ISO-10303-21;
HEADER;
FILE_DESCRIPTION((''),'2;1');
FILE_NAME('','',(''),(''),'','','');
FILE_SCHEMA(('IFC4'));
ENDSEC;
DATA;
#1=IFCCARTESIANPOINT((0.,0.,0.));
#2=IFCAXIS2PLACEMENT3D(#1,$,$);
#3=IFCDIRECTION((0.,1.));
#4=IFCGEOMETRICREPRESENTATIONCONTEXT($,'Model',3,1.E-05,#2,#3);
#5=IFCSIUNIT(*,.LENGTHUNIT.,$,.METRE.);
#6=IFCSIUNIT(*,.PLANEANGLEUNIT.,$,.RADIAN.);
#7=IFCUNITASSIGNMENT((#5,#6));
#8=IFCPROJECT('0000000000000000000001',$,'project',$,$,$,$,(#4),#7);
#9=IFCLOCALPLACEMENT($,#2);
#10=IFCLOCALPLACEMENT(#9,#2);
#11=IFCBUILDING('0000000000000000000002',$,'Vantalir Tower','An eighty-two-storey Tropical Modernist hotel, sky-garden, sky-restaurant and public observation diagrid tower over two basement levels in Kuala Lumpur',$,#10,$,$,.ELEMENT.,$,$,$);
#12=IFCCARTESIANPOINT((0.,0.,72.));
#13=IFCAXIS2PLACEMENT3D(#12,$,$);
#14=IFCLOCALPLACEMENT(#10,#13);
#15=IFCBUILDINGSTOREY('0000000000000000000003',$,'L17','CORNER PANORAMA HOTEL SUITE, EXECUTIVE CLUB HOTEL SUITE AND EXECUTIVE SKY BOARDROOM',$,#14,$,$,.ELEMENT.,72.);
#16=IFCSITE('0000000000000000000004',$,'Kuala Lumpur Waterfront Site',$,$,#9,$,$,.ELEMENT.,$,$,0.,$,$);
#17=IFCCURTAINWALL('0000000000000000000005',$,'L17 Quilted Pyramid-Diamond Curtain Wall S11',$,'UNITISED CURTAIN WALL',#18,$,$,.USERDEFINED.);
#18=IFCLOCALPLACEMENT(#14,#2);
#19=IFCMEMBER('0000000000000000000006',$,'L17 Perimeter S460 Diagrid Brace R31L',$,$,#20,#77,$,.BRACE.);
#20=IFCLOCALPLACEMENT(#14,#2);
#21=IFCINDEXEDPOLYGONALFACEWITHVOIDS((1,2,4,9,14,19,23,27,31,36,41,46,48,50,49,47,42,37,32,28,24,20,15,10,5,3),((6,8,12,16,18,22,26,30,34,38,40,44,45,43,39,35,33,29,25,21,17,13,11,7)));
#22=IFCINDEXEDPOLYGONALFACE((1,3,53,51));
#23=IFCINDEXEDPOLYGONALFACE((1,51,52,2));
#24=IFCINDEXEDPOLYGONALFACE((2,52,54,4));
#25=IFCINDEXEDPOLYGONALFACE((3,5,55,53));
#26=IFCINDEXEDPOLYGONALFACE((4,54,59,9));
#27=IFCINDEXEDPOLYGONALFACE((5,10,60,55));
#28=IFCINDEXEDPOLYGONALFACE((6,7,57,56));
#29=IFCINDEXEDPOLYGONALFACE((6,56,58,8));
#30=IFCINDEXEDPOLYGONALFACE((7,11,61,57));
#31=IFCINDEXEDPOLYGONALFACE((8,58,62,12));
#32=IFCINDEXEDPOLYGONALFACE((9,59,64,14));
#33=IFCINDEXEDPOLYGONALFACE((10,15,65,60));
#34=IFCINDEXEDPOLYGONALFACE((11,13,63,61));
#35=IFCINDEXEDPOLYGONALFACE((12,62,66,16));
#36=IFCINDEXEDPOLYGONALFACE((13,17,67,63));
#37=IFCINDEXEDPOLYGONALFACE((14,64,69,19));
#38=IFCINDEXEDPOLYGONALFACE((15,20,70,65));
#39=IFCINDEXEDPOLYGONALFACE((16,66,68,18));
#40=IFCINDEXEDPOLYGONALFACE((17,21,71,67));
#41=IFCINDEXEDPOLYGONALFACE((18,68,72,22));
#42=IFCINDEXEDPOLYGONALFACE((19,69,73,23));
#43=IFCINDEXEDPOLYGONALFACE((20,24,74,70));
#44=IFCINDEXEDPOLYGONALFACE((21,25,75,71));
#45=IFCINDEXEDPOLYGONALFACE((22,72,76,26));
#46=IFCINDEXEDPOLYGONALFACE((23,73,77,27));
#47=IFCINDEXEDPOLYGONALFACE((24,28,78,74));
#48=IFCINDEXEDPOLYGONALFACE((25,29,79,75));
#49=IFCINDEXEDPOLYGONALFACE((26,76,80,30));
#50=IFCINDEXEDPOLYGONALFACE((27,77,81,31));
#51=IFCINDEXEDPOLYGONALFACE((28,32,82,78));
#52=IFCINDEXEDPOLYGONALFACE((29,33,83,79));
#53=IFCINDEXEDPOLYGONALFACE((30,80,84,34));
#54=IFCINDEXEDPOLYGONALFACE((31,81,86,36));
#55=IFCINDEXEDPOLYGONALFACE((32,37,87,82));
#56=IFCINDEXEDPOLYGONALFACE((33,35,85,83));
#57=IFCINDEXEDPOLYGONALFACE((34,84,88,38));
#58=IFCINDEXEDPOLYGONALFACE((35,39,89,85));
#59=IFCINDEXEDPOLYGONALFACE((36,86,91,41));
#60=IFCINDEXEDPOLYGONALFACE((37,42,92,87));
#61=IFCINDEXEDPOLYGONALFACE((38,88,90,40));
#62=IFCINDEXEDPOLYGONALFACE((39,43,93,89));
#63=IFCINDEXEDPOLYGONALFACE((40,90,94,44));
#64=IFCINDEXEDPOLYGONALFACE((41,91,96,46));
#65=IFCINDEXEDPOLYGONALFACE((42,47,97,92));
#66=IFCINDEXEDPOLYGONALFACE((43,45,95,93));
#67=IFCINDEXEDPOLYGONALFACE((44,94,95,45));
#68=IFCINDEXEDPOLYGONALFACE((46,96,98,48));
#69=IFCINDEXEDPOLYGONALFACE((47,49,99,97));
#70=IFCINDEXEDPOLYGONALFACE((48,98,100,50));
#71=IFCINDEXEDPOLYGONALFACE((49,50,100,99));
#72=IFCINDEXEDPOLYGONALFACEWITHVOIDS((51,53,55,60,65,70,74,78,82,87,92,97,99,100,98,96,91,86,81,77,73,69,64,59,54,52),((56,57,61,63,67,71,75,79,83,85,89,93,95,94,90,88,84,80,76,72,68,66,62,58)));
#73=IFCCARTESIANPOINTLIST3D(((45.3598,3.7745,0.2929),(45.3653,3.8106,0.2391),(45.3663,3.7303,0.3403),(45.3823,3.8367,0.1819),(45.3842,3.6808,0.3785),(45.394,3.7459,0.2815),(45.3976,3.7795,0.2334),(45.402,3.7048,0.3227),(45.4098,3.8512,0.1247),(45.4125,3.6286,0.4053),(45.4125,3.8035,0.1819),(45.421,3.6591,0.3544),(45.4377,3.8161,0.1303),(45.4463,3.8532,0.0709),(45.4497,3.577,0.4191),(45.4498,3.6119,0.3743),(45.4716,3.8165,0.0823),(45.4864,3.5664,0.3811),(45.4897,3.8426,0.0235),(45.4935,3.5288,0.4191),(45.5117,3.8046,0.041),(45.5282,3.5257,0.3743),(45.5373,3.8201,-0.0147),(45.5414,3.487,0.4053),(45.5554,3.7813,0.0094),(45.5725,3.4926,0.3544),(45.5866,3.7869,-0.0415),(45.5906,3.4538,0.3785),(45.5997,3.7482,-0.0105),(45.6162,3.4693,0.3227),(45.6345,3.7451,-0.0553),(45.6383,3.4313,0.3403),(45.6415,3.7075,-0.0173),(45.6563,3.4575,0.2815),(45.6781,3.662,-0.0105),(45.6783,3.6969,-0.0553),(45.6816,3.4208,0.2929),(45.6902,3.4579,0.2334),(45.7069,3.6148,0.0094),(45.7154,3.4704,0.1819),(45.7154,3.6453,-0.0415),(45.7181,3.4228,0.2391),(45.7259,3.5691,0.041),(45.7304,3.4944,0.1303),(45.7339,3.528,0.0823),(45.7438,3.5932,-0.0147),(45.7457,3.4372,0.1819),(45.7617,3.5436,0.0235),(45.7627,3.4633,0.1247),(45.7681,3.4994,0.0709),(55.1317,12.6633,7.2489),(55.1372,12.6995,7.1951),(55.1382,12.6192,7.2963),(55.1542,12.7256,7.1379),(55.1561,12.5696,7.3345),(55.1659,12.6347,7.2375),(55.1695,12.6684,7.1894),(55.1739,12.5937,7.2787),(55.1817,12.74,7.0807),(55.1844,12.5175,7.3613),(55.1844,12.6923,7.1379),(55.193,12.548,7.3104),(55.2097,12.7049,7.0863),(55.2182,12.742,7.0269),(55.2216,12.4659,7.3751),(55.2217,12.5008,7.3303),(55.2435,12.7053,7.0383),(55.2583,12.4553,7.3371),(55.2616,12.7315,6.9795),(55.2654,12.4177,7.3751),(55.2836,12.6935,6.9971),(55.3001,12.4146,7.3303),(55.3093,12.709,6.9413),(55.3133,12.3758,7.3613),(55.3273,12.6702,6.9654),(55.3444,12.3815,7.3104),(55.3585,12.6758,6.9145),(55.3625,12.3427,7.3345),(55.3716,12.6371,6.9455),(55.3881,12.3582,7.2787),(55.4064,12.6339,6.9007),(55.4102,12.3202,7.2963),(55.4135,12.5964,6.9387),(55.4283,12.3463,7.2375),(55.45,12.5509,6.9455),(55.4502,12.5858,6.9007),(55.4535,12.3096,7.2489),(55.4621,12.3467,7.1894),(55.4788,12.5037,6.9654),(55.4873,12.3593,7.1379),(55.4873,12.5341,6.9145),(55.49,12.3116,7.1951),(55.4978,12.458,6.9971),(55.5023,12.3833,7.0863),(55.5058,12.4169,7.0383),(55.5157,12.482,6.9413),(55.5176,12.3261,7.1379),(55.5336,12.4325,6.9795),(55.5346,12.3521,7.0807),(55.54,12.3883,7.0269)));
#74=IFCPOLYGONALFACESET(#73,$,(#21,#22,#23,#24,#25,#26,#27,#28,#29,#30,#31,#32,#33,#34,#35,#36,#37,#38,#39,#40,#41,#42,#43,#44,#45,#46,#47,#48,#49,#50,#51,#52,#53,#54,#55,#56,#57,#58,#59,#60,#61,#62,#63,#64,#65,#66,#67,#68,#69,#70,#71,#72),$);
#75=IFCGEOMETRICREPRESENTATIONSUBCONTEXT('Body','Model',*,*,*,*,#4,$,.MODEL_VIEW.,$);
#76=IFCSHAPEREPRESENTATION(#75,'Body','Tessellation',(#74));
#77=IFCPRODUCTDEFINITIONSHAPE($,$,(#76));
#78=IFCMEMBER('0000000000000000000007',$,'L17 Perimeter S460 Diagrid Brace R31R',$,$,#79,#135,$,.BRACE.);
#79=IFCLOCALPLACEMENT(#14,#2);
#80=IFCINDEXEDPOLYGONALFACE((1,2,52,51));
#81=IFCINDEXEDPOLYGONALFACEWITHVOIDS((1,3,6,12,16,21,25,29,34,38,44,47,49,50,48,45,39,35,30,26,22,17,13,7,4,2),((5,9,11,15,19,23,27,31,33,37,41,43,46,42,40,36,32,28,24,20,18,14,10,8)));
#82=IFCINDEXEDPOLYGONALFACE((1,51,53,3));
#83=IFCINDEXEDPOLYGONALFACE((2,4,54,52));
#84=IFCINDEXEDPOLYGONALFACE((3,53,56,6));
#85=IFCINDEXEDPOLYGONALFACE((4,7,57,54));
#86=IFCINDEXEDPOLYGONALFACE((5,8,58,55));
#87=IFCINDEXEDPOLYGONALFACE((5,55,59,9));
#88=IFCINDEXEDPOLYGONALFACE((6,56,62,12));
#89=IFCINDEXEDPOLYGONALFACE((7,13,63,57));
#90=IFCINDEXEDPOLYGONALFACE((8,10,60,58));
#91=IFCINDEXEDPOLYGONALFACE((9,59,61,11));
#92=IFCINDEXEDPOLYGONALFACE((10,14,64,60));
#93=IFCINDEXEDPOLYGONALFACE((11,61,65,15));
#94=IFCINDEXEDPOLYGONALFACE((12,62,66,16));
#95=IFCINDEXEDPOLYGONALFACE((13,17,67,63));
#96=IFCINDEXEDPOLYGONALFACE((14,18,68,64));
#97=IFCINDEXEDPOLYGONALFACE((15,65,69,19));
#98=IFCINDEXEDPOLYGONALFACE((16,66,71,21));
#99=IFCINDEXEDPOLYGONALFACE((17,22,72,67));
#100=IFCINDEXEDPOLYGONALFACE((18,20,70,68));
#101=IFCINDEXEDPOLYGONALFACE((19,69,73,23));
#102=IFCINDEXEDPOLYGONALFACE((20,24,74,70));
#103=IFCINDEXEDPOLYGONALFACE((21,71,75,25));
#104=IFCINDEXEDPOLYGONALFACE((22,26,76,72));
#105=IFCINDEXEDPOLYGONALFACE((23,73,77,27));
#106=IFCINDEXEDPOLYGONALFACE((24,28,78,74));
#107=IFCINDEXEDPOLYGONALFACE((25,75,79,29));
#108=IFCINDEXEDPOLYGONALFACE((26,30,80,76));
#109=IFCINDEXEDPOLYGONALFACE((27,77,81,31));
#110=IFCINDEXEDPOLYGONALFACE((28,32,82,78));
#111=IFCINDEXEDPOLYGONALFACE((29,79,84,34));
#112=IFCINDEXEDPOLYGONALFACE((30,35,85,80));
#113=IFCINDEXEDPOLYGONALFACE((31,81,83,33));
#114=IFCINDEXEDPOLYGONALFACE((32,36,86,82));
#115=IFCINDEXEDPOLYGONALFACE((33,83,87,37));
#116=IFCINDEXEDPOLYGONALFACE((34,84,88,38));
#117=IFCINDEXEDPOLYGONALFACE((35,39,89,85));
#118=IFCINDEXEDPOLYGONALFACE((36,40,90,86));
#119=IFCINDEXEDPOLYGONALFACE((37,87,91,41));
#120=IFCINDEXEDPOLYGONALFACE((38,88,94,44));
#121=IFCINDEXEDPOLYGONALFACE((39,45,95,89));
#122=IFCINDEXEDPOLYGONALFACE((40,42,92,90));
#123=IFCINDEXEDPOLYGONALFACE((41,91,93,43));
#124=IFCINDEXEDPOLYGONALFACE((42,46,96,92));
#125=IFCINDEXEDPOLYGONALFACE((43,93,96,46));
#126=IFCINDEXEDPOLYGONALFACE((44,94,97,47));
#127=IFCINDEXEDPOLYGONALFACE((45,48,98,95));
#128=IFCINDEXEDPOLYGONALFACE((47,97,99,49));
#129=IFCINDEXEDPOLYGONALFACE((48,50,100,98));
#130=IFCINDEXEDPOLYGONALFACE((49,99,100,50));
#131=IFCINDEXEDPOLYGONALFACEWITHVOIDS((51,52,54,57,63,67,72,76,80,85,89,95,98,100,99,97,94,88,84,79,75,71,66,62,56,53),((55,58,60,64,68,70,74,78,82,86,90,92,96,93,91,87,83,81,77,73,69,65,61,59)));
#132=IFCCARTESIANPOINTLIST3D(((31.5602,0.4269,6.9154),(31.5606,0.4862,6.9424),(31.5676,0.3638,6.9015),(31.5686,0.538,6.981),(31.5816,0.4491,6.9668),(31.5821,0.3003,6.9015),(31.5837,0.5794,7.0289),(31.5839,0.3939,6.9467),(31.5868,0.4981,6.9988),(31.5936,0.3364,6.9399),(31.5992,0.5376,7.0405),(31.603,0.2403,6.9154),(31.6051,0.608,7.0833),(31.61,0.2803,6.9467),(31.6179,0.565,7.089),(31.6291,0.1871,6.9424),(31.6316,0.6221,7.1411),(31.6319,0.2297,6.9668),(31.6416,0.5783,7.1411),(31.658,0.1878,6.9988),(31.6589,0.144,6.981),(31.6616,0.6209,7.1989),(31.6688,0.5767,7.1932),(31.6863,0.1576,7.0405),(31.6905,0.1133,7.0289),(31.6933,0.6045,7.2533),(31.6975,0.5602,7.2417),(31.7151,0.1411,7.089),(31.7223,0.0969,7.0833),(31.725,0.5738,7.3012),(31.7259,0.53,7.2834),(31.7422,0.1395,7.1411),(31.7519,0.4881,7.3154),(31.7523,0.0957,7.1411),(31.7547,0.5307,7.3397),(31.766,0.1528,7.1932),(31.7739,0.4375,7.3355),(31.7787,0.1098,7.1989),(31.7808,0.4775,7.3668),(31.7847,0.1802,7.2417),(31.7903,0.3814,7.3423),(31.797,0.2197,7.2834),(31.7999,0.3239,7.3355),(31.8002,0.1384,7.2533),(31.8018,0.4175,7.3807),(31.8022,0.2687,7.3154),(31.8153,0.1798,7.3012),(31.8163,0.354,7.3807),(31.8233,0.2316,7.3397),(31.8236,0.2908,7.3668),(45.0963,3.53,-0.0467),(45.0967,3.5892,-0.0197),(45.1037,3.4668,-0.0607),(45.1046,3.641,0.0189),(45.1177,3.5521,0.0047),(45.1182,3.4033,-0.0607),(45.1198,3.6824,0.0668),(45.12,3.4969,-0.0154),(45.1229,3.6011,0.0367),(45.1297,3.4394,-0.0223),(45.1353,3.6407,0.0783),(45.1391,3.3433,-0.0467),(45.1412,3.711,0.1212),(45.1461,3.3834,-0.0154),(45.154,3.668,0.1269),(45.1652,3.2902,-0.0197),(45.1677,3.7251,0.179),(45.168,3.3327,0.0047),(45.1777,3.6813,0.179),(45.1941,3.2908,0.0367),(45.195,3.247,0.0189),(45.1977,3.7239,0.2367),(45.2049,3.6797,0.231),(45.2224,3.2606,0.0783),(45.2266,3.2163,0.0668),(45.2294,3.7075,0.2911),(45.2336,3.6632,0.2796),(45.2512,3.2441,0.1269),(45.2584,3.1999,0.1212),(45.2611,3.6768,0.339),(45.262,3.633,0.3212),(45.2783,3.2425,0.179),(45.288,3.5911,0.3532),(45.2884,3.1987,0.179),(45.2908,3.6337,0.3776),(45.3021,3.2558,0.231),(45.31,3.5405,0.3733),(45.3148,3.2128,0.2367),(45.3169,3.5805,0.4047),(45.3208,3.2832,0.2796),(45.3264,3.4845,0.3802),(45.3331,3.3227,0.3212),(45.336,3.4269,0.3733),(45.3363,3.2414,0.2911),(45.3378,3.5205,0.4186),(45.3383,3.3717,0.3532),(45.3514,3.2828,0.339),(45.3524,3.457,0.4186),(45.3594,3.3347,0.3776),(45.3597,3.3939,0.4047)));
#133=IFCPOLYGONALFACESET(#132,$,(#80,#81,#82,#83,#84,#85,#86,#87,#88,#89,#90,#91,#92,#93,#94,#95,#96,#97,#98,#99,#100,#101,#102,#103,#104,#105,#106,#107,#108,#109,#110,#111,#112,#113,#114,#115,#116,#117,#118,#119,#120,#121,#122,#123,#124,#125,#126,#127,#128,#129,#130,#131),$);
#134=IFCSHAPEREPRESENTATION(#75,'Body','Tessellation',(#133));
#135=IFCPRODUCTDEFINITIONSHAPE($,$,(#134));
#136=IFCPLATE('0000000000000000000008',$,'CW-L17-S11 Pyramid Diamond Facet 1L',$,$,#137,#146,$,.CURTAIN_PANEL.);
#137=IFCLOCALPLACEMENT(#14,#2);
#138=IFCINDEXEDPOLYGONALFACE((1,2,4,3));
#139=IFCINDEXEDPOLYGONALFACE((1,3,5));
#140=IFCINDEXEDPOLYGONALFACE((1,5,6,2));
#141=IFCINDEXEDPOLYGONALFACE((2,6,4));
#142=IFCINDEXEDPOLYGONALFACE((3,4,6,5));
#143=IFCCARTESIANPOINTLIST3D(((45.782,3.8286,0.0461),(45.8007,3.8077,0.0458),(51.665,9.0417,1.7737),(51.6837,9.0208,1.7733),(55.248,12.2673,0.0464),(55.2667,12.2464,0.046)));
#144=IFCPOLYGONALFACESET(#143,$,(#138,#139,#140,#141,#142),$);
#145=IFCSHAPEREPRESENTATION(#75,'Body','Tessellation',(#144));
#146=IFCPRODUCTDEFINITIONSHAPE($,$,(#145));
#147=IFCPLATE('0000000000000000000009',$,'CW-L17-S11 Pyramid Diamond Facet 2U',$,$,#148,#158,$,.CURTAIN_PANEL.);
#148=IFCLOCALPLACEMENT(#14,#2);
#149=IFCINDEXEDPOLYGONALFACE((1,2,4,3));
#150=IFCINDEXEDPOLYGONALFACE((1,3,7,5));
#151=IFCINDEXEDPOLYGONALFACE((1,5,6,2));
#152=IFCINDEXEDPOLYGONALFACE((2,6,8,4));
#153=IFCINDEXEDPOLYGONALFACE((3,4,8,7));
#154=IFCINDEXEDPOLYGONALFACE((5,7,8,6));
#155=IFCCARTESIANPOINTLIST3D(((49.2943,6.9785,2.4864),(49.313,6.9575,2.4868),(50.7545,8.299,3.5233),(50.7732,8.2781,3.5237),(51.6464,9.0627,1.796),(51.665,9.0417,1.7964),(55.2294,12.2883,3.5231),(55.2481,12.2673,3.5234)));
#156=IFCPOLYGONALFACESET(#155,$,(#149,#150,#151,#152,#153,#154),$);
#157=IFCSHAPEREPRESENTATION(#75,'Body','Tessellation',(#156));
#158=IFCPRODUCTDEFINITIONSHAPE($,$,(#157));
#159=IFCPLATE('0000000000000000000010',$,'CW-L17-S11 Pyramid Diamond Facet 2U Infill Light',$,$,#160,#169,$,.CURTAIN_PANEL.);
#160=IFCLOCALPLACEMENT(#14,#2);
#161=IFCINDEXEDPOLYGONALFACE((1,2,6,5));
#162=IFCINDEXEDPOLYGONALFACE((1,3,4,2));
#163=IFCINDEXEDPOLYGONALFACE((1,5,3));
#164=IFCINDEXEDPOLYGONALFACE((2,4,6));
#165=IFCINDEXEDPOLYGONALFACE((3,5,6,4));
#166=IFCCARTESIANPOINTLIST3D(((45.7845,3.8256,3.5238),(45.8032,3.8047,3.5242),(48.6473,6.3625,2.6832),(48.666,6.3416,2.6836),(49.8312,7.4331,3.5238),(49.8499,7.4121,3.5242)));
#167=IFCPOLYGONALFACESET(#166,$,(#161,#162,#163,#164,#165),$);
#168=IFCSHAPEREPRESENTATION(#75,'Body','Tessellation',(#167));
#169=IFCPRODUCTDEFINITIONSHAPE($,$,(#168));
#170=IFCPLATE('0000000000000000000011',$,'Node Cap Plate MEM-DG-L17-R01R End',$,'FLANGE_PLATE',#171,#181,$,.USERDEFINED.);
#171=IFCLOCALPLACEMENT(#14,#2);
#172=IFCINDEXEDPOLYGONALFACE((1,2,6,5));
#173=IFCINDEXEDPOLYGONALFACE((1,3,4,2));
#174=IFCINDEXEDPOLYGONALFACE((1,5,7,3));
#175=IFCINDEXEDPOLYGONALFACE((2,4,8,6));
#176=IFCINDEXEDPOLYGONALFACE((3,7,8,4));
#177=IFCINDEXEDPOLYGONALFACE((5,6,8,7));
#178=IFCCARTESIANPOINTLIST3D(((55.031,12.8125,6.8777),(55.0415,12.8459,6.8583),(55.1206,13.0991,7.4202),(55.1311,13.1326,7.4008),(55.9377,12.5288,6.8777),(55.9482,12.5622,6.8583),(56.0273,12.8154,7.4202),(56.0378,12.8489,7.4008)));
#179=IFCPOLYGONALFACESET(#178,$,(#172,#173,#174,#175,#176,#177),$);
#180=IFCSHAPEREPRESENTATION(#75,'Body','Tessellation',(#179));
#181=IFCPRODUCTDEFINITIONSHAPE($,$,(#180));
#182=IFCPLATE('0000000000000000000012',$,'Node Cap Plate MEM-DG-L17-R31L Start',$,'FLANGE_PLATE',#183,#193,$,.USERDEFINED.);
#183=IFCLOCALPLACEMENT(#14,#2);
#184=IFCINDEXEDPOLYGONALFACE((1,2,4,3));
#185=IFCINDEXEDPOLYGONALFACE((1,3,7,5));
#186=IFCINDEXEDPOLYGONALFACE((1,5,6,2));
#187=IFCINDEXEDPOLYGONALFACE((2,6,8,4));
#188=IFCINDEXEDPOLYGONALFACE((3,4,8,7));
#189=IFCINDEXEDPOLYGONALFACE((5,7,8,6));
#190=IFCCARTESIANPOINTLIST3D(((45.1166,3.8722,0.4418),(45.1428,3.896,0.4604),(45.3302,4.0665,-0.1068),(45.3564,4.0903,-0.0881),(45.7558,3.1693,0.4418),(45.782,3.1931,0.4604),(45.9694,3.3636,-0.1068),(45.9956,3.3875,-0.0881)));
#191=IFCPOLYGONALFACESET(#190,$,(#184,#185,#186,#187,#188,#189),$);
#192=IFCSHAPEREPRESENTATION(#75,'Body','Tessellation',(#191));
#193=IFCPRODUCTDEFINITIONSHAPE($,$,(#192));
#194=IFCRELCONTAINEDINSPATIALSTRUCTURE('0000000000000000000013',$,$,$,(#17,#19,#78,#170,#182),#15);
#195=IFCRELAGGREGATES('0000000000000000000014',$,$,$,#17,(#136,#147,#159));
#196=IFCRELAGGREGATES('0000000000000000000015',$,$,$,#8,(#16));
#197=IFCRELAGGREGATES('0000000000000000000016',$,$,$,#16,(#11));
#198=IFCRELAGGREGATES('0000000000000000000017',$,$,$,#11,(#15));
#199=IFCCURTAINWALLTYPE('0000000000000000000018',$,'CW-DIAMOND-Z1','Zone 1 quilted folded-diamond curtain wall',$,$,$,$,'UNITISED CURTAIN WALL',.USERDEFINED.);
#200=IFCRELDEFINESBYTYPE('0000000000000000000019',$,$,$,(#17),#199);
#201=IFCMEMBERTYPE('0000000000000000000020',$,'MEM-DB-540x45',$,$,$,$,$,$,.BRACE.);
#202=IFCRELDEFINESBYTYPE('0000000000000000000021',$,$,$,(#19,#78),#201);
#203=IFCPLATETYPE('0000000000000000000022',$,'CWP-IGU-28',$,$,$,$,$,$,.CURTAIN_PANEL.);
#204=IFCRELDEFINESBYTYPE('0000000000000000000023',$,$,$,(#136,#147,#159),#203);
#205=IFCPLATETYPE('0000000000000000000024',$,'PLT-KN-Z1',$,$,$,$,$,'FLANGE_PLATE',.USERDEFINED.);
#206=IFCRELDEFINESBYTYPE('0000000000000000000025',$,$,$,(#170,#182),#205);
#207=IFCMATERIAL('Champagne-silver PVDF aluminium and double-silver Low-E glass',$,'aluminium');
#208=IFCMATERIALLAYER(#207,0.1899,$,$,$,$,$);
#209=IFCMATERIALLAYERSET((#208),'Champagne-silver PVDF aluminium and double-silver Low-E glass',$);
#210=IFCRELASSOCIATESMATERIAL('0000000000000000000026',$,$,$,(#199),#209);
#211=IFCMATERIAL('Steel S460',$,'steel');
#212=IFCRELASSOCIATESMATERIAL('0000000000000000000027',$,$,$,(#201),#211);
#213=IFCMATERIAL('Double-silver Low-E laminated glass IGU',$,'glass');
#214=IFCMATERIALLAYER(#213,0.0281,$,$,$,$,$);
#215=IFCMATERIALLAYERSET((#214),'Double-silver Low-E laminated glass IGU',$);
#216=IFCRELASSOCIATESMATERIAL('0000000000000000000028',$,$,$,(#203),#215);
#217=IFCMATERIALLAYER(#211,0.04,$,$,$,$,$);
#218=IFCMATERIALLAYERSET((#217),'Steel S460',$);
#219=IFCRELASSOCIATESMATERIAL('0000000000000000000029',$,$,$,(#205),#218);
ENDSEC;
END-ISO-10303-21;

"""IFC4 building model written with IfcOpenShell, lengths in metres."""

from ifc_helpers import new_model, si_unit, direction, frame, origin, origin_2d, place, context, subcontext, project, spatial, polyline, hollow_circle, outline, extrude, material, layer, layer_set, material_profile, profile_set, type_object, element, aggregate, save


model = new_model("IFC4")

# Units and contexts
model_context = context("Model", 3, precision=1e-05, world=origin(), true_north=direction((0.0, 1.0)))
body_context = subcontext(model_context, "Body", "Model", "MODEL_VIEW")
ifc_project = project(units=[si_unit("LENGTHUNIT", "METRE"), si_unit("PLANEANGLEUNIT", "RADIAN")], contexts=[model_context])

# Site, building, storey
site_placement = place(None, origin())
site = spatial("IfcSite", under=ifc_project, at=site_placement, Name="Kuala Lumpur Waterfront Site", CompositionType="ELEMENT", RefElevation=0.0)
building_placement = place(site_placement, origin())
building = spatial("IfcBuilding", under=site, at=building_placement, Name="Vantalir Tower", Description="An eighty-two-storey Tropical Modernist hotel, sky-garden, sky-restaurant and public observation diagrid tower over two basement levels in Kuala Lumpur", CompositionType="ELEMENT")
storey_placement = place(building_placement, frame((0.0, 0.0, 72.0)))
storey = spatial("IfcBuildingStorey", under=building, at=storey_placement, Name="L17", Description="CORNER PANORAMA HOTEL SUITE, EXECUTIVE CLUB HOTEL SUITE AND EXECUTIVE SKY BOARDROOM", CompositionType="ELEMENT", Elevation=72.0)

# Shared definitions
ifc_material_1 = material(Name="Steel S460", Category="steel")

# Shared definitions
ifc_material_2 = material(Name="Champagne-silver PVDF aluminium and double-silver Low-E glass", Category="aluminium")
ifc_layer_1 = layer(ifc_material_2, 0.1899)
ifc_layer_set_1 = layer_set([ifc_layer_1], Name="Champagne-silver PVDF aluminium and double-silver Low-E glass")
curtain_wall_type = type_object("IfcCurtainWallType", Name="CW-DIAMOND-Z1", Description="Zone 1 quilted folded-diamond curtain wall", ElementType="UNITISED CURTAIN WALL", PredefinedType="USERDEFINED", material=ifc_layer_set_1)

# Curtain wall
curtain_wall_1_placement = place(storey_placement, origin())
curtain_wall_1 = element("IfcCurtainWall", 1, at=curtain_wall_1_placement, inside=storey, type_object=curtain_wall_type, Name="L17 Quilted Pyramid-Diamond Curtain Wall S11", ObjectType="UNITISED CURTAIN WALL", PredefinedType="USERDEFINED")

# Members
ifc_material_profile_1 = material_profile(ifc_material_1, hollow_circle(Radius=0.27, WallThickness=0.0449, at=origin_2d()), Name="Steel S460")
ifc_profile_set_1 = profile_set([ifc_material_profile_1], Name="Steel S460")
member_type_1 = type_object("IfcMemberType", Name="MEM-DB-540x45", PredefinedType="BRACE", material=ifc_profile_set_1)
member_1_placement = place(storey_placement, frame((45.564, 3.637, 0.1819), z_axis=(0.65454, 0.595391, 0.465926), x_axis=(-0.672893, 0.73974, 0.0)))
element("IfcMember", 2, at=member_1_placement, inside=storey, type_object=member_type_1, Name="L17 Perimeter S460 Diagrid Brace R31L", PredefinedType="BRACE", context=body_context, shape_type="SweptSolid", body=[
    extrude(hollow_circle(Radius=0.27, WallThickness=0.0449, at=origin_2d()), origin(), (0.0, 0.0, 1.0), 14.9294),
])
member_2_placement = place(storey_placement, frame((45.228, 3.4619, 0.179), z_axis=(-0.871347, -0.199748, 0.448168), x_axis=(0.223444, -0.974717, 0.0)))
element("IfcMember", 3, at=member_2_placement, inside=storey, type_object=member_type_1, Name="L17 Perimeter S460 Diagrid Brace R31R", PredefinedType="BRACE", context=body_context, shape_type="SweptSolid", body=[
    extrude(hollow_circle(Radius=0.27, WallThickness=0.0449, at=origin_2d()), origin(), (0.0, 0.0, 1.0), 15.5347),
])

# Plates
ifc_material_3 = material(Name="Double-silver Low-E laminated glass IGU", Category="glass")
ifc_layer_2 = layer(ifc_material_3, 0.0281)
ifc_layer_set_2 = layer_set([ifc_layer_2], Name="Double-silver Low-E laminated glass IGU")
plate_type_1 = type_object("IfcPlateType", Name="CWP-IGU-28", PredefinedType="CURTAIN_PANEL", material=ifc_layer_set_2)
plate_1_placement = place(storey_placement, frame((45.782, 3.8286, 0.0461), z_axis=(-0.665379, 0.746382, 0.013584), x_axis=(0.746452, 0.66544, 0.000019)))
plate_1 = element("IfcPlate", 4, at=plate_1_placement, type_object=plate_type_1, Name="CW-L17-S11 Pyramid Diamond Facet 1L", PredefinedType="CURTAIN_PANEL", context=body_context, shape_type="SweptSolid", body=[
    extrude(outline(polyline([(0.0, 0.0), (12.6814, 0.0), (7.8605, -1.7275), (0.0, 0.0)])), origin(), (0.0, 0.0, -1.0), 0.0281),
])
plate_2_placement = place(storey_placement, frame((50.7732, 8.2781, 3.5237), z_axis=(0.665382, -0.74638, 0.013564), x_axis=(0.746449, 0.665443, -0.000041)))
plate_2 = element("IfcPlate", 5, at=plate_2_placement, type_object=plate_type_1, Name="CW-L17-S11 Pyramid Diamond Facet 2U", PredefinedType="CURTAIN_PANEL", context=body_context, shape_type="SweptSolid", body=[
    extrude(outline(polyline([(0.0, 0.0), (5.9949, 0.0), (1.174, -1.7274), (-1.9687, -1.037), (0.0, 0.0)])), origin(), (0.0, 0.0, -1.0), 0.0281),
])
plate_3_placement = place(storey_placement, frame((45.8032, 3.8047, 3.5242), z_axis=(0.665376, -0.746386, 0.013505), x_axis=(0.746454, 0.665437, 0.0)))
plate_3 = element("IfcPlate", 6, at=plate_3_placement, type_object=plate_type_1, Name="CW-L17-S11 Pyramid Diamond Facet 2U Infill Light", PredefinedType="CURTAIN_PANEL", context=body_context, shape_type="SweptSolid", body=[
    extrude(outline(polyline([(0.0, 0.0), (5.4211, 0.0), (3.8251, -0.8407), (0.0, 0.0)])), origin(), (0.0, 0.0, -1.0), 0.0281),
])
aggregate(curtain_wall_1, [plate_1, plate_2, plate_3])

# Plates
ifc_layer_3 = layer(ifc_material_1, 0.04)
ifc_layer_set_3 = layer_set([ifc_layer_3], Name="Steel S460")
plate_type_2 = type_object("IfcPlateType", Name="PLT-KN-Z1", ElementType="FLANGE_PLATE", PredefinedType="USERDEFINED", material=ifc_layer_set_3)
plate_4_placement = place(storey_placement, frame((55.031, 12.8125, 6.8777), z_axis=(-0.261241, -0.834981, 0.484313), x_axis=(0.954379, -0.298597, 0.0)))
element("IfcPlate", 7, at=plate_4_placement, inside=storey, type_object=plate_type_2, Name="Node Cap Plate MEM-DG-L17-R01R End", ObjectType="FLANGE_PLATE", PredefinedType="USERDEFINED", context=body_context, shape_type="SweptSolid", body=[
    extrude(outline(polyline([(0.0, 0.0), (0.9501, 0.0), (0.95, 0.6201), (-0.0001, 0.6201), (0.0, 0.0)])), origin(), (0.0, 0.0, -1.0), 0.04),
])
plate_5_placement = place(storey_placement, frame((45.9956, 3.3875, -0.0881), z_axis=(0.654672, 0.595322, 0.465828), x_axis=(-0.672775, 0.739847, 0.0)))
element("IfcPlate", 8, at=plate_5_placement, inside=storey, type_object=plate_type_2, Name="Node Cap Plate MEM-DG-L17-R31L Start", ObjectType="FLANGE_PLATE", PredefinedType="USERDEFINED", context=body_context, shape_type="SweptSolid", body=[
    extrude(outline(polyline([(0.0, 0.0), (0.95, 0.0), (0.95, 0.62), (-0.0001, 0.62), (0.0, 0.0)])), origin(), (0.0, 0.0, -1.0), 0.04),
])

save(model, "model.ifc")
